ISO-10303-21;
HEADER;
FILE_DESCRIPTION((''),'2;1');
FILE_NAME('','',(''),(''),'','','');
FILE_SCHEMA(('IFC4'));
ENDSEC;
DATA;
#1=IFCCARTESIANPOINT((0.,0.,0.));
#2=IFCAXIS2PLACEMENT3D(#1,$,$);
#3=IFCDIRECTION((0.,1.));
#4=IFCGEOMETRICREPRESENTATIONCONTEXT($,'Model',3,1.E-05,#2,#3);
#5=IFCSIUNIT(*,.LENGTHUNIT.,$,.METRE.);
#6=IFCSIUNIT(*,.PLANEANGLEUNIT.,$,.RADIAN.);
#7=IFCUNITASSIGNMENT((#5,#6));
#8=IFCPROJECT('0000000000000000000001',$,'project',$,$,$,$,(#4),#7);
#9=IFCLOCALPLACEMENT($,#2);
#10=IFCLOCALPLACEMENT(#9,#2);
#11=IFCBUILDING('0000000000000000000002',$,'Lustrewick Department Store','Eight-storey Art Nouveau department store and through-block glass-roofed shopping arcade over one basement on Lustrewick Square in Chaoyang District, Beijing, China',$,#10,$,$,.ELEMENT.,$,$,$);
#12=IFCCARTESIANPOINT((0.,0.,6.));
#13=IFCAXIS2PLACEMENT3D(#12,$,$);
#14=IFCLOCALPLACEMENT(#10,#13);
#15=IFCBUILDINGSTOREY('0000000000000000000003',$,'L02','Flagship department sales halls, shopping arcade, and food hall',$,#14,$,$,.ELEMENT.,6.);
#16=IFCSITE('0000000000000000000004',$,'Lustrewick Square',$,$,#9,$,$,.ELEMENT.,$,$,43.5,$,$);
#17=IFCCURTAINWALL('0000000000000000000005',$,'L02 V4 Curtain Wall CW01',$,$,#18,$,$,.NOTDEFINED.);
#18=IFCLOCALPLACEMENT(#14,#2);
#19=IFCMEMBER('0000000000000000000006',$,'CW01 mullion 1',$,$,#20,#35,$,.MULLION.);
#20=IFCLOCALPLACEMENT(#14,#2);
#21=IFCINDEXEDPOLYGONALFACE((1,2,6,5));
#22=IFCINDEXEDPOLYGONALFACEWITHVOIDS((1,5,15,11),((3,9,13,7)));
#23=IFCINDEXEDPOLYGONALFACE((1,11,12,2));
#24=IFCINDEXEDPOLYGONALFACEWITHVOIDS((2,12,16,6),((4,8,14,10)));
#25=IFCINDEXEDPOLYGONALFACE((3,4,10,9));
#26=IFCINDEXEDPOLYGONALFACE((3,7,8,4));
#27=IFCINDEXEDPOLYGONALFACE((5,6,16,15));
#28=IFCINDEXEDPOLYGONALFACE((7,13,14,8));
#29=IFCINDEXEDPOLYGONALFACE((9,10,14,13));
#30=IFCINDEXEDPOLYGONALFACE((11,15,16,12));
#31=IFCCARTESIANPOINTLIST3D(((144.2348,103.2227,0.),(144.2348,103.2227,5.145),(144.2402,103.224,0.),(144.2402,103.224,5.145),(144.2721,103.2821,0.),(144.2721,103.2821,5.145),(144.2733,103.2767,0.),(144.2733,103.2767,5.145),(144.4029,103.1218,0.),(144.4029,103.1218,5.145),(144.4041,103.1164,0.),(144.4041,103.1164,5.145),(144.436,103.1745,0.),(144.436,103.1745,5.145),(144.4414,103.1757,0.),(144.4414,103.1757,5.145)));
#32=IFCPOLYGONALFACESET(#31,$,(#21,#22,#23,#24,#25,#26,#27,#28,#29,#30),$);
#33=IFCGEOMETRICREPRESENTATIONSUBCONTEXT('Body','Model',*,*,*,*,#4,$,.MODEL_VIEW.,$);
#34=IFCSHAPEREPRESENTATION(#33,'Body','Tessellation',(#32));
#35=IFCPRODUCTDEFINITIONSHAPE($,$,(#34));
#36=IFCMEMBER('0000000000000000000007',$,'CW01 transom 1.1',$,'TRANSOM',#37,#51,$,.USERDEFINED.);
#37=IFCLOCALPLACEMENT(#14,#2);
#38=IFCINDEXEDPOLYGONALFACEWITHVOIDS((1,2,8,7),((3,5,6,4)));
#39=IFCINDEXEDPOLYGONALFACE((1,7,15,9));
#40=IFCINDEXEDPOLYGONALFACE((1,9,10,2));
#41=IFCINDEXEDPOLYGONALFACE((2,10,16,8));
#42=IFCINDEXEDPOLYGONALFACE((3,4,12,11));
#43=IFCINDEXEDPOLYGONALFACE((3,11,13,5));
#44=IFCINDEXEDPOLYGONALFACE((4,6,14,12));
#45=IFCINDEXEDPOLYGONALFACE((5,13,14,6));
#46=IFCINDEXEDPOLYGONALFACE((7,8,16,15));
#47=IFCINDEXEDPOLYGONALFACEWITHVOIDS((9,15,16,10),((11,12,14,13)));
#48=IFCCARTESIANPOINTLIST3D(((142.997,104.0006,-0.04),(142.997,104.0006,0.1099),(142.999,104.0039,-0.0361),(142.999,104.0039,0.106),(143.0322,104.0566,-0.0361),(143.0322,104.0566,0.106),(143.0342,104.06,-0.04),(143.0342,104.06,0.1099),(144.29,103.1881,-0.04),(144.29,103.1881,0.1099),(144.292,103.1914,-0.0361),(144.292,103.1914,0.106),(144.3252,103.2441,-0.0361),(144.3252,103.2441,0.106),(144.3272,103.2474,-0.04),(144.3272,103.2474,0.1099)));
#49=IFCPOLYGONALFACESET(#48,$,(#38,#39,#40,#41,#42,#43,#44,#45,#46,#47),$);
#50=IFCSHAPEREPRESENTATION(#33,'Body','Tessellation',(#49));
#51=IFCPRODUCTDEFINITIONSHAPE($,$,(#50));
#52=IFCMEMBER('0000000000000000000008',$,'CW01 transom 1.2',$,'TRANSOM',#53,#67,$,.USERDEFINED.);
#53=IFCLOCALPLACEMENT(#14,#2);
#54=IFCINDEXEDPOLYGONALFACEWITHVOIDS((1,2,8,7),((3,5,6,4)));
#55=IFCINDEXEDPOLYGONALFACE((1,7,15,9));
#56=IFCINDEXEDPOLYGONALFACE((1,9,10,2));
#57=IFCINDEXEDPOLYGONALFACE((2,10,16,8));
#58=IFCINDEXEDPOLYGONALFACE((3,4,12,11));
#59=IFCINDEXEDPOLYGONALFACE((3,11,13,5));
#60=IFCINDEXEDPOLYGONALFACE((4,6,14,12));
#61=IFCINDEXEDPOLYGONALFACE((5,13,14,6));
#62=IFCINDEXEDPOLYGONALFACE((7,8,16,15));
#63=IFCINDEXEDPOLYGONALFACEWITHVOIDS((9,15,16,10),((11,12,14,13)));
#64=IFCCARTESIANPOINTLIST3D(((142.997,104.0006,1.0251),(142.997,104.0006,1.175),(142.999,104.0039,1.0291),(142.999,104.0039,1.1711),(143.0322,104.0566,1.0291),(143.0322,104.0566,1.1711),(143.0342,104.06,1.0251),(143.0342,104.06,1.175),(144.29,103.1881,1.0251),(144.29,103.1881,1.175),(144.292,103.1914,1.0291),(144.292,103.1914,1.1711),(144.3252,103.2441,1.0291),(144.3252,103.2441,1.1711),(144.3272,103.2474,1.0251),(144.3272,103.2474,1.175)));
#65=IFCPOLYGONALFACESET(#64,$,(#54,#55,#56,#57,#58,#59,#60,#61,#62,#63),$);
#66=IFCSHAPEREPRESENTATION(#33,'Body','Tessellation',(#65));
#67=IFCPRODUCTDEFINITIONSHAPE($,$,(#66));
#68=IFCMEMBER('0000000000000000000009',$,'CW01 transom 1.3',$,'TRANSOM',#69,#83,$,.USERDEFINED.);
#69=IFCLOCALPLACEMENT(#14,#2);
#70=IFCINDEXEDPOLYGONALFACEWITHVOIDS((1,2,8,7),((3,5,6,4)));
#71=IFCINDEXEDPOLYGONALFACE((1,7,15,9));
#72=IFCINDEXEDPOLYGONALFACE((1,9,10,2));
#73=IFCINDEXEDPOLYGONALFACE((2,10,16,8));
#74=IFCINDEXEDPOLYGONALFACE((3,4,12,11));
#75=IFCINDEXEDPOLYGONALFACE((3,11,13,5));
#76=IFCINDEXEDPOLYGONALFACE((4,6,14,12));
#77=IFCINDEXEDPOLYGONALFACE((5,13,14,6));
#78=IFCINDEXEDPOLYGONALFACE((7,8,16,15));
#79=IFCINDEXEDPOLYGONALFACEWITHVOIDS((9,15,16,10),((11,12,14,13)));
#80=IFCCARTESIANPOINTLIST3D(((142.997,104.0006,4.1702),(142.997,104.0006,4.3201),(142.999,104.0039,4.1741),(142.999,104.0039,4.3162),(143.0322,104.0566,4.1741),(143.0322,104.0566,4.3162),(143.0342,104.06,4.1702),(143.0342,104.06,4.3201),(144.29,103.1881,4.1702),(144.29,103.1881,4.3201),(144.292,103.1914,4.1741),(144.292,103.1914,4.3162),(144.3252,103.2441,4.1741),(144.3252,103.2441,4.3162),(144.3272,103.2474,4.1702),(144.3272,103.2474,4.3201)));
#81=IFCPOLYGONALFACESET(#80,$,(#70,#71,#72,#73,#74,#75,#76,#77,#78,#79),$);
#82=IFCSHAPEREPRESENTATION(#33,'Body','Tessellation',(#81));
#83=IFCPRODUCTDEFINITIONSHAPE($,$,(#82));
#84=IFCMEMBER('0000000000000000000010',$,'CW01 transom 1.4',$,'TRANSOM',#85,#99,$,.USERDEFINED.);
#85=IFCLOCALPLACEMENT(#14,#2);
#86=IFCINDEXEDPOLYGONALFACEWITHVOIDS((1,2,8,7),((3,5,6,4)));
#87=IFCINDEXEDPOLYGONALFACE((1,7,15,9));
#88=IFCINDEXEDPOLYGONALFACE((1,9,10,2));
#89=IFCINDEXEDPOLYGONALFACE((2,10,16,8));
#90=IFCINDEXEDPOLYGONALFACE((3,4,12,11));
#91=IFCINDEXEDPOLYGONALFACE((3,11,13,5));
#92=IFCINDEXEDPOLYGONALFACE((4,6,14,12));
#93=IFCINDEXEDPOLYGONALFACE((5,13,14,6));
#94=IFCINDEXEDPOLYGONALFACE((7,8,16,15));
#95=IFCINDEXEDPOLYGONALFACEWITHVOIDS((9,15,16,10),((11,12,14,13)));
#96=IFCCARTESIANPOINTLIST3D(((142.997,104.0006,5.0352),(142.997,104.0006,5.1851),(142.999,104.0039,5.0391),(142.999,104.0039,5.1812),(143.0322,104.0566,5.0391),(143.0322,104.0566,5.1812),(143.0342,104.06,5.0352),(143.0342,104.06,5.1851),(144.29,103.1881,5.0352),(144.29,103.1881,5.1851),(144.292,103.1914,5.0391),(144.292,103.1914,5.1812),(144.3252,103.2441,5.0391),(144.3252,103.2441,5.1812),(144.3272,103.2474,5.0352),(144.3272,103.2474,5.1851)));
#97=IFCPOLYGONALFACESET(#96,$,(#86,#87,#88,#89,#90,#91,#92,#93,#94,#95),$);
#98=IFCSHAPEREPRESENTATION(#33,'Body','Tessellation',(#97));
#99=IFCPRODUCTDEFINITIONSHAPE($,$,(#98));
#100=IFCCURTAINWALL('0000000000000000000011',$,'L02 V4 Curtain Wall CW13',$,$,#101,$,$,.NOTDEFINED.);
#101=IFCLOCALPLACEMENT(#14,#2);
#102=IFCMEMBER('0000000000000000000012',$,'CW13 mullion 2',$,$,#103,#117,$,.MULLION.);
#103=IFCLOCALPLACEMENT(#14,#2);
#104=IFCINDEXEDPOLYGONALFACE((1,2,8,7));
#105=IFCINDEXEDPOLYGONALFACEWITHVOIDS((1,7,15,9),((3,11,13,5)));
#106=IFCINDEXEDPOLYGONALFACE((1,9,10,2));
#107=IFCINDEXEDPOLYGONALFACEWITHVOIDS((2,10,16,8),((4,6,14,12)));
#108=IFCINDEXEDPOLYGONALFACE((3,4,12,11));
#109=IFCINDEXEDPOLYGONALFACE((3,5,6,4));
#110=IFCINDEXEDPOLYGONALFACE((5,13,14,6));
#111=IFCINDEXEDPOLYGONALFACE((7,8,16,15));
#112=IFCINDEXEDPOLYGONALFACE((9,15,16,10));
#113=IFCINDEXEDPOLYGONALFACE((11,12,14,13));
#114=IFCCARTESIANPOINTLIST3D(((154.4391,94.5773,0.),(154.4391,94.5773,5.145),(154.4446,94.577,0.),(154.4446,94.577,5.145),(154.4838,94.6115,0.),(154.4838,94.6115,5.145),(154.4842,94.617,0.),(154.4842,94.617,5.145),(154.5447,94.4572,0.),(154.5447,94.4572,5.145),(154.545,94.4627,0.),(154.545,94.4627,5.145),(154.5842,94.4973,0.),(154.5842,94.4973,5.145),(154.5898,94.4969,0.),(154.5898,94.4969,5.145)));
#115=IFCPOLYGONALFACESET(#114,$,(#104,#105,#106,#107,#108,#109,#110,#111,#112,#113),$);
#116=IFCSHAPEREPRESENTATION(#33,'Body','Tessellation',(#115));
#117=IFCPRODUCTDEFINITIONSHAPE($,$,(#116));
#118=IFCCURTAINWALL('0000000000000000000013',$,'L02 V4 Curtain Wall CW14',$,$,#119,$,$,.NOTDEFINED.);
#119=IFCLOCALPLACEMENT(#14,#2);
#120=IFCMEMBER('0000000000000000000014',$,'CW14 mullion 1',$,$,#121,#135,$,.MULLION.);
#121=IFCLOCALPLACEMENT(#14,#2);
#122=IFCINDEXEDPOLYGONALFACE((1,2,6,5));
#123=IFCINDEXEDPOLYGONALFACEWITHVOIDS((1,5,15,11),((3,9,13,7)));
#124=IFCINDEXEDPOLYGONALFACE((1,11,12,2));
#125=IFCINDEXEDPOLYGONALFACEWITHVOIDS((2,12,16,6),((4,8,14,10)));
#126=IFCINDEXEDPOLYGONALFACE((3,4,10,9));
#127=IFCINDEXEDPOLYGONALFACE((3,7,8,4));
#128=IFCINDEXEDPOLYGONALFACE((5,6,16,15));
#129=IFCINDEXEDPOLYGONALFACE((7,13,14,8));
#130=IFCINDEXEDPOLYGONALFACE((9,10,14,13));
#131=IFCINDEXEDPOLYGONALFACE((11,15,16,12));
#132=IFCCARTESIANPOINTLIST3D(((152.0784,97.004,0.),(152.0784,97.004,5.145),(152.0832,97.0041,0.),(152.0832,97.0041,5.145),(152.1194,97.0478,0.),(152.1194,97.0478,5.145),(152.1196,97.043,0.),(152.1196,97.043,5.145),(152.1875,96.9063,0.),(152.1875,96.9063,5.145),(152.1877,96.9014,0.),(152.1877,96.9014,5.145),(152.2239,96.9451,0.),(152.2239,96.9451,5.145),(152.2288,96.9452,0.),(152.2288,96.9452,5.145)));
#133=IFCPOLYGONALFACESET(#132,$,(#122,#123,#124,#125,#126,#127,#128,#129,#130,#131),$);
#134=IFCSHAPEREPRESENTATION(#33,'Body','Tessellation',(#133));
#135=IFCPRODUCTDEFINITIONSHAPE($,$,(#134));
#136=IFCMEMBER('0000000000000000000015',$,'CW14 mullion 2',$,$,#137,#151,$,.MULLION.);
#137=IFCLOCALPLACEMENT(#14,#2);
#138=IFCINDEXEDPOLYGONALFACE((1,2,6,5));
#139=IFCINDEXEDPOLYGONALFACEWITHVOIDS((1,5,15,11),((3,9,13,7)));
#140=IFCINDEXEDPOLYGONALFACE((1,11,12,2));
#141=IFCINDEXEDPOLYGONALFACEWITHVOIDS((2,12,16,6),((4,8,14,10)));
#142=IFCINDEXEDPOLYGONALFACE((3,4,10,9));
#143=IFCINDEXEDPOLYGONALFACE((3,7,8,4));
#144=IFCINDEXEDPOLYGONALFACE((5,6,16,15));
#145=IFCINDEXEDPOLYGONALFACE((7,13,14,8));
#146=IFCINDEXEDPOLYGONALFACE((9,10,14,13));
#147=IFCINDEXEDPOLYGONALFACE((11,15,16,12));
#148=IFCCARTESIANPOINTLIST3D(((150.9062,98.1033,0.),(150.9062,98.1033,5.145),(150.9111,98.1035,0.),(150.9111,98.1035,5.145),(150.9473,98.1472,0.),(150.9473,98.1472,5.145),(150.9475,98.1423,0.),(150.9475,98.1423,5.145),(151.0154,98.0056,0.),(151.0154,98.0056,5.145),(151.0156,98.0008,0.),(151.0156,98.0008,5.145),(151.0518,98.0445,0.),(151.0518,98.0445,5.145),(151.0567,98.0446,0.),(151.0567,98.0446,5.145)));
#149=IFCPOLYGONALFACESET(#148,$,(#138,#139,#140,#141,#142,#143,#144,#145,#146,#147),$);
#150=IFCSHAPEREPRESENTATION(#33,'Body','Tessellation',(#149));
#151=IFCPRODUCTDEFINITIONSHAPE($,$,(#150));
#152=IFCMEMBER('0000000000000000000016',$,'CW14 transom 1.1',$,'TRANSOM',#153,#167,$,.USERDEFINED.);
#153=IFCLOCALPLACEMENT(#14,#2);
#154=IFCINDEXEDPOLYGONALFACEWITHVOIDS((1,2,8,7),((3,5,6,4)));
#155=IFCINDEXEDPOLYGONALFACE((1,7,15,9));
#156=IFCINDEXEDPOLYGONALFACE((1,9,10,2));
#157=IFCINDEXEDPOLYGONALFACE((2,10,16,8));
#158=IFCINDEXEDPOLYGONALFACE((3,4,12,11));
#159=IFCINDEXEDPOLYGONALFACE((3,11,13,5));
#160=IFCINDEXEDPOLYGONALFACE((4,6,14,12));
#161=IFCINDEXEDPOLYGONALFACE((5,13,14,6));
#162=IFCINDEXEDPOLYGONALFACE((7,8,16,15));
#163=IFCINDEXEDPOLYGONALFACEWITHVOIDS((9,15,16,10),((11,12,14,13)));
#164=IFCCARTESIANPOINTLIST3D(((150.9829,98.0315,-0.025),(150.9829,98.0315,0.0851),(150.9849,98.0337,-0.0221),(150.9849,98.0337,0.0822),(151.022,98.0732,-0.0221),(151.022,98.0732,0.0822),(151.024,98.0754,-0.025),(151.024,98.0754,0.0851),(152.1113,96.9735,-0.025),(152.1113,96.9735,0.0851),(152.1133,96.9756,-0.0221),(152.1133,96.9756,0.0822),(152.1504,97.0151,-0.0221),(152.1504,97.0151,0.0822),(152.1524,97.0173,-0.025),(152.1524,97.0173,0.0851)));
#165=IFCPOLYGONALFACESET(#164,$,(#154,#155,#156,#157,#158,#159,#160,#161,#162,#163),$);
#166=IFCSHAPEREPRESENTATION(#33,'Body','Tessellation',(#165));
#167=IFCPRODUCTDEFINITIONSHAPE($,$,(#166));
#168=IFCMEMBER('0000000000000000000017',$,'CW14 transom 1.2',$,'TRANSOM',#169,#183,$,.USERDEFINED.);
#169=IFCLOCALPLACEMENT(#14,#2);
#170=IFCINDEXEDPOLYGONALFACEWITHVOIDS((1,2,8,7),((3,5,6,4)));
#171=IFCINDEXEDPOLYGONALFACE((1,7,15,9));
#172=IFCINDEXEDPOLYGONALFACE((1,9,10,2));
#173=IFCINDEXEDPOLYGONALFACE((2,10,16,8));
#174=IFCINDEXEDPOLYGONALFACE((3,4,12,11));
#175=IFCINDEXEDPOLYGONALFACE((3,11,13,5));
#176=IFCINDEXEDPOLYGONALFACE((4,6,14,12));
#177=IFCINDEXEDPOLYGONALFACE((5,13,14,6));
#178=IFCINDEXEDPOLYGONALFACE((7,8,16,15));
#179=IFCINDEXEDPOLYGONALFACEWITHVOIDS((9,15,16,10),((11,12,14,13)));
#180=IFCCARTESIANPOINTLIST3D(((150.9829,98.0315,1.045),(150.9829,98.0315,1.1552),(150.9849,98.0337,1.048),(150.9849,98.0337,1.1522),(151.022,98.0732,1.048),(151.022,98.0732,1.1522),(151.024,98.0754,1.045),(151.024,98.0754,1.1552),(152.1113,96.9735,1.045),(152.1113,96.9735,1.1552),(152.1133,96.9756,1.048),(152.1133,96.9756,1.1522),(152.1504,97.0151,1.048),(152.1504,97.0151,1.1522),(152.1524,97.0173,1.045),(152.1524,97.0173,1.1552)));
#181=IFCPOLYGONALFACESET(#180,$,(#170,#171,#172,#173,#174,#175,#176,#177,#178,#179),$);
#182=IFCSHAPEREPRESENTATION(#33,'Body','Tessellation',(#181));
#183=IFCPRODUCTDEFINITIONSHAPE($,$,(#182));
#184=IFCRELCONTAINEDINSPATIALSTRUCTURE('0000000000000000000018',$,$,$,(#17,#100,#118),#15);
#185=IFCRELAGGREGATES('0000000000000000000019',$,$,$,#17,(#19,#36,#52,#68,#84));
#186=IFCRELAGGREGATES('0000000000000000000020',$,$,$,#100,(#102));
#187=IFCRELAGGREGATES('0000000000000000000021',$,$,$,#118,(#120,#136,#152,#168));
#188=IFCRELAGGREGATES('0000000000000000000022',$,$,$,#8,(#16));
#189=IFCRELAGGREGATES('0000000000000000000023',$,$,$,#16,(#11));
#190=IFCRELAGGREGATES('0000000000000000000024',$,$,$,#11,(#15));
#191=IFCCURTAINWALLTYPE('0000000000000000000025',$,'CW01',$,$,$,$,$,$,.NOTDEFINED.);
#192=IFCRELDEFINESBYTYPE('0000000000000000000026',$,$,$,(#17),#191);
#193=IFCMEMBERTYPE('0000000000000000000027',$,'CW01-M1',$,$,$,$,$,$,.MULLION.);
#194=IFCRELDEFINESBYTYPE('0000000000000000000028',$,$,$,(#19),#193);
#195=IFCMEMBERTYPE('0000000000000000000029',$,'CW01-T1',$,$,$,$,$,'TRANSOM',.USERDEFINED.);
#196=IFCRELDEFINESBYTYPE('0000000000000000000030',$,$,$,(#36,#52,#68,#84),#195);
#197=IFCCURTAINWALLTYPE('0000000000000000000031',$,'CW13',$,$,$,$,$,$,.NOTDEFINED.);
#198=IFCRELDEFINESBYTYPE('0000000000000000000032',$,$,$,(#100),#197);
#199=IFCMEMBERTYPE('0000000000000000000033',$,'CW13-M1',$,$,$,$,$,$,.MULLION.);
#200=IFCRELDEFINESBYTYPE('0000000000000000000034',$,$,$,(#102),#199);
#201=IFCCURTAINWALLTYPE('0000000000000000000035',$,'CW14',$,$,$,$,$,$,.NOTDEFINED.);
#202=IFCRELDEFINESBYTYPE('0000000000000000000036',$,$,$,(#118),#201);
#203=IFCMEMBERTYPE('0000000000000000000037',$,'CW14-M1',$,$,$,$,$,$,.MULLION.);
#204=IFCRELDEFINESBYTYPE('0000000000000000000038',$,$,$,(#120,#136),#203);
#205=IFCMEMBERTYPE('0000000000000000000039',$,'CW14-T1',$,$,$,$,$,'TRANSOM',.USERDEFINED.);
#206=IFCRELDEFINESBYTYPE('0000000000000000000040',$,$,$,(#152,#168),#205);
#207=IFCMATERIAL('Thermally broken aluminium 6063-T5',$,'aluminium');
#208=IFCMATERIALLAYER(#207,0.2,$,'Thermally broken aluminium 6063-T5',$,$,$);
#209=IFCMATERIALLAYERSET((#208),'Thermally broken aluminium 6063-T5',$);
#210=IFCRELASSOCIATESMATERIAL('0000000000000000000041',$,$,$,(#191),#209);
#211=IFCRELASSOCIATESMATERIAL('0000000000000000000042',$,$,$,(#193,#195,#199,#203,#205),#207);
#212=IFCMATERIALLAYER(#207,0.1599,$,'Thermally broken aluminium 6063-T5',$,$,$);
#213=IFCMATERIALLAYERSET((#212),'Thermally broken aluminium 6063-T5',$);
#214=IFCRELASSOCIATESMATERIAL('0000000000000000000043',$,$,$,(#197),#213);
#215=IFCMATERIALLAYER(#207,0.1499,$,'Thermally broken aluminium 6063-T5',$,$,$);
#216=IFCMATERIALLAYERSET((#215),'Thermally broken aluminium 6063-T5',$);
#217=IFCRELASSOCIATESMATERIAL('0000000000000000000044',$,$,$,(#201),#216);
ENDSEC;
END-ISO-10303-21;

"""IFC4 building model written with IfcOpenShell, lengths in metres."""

from ifc_helpers import new_model, si_unit, direction, frame, origin, origin_2d, place, context, subcontext, project, spatial, hollow_rectangle, extrude, material, layer, layer_set, material_profile, profile_set, type_object, element, aggregate, save


model = new_model("IFC4")

# Units and contexts
model_context = context("Model", 3, precision=1e-05, world=origin(), true_north=direction((0.0, 1.0)))
body_context = subcontext(model_context, "Body", "Model", "MODEL_VIEW")
ifc_project = project(units=[si_unit("LENGTHUNIT", "METRE"), si_unit("PLANEANGLEUNIT", "RADIAN")], contexts=[model_context])

# Site, building, storey
site_placement = place(None, origin())
site = spatial("IfcSite", under=ifc_project, at=site_placement, Name="Lustrewick Square", CompositionType="ELEMENT", RefElevation=43.5)
building_placement = place(site_placement, origin())
building = spatial("IfcBuilding", under=site, at=building_placement, Name="Lustrewick Department Store", Description="Eight-storey Art Nouveau department store and through-block glass-roofed shopping arcade over one basement on Lustrewick Square in Chaoyang District, Beijing, China", CompositionType="ELEMENT")
storey_placement = place(building_placement, frame((0.0, 0.0, 6.0)))
storey = spatial("IfcBuildingStorey", under=building, at=storey_placement, Name="L02", Description="Flagship department sales halls, shopping arcade, and food hall", CompositionType="ELEMENT", Elevation=6.0)

# Curtain wall, members
ifc_material_1 = material(Name="Thermally broken aluminium 6063-T5", Category="aluminium")
ifc_layer_1 = layer(ifc_material_1, 0.2, Name="Thermally broken aluminium 6063-T5")
ifc_layer_set_1 = layer_set([ifc_layer_1], Name="Thermally broken aluminium 6063-T5")
curtain_wall_type_1 = type_object("IfcCurtainWallType", Name="CW01", PredefinedType="NOTDEFINED", material=ifc_layer_set_1)
curtain_wall_1_placement = place(storey_placement, origin())
curtain_wall_1 = element("IfcCurtainWall", 1, at=curtain_wall_1_placement, inside=storey, type_object=curtain_wall_type_1, Name="L02 V4 Curtain Wall CW01", PredefinedType="NOTDEFINED")
ifc_material_profile_1 = material_profile(ifc_material_1, hollow_rectangle(XDim=0.0701, YDim=0.2, WallThickness=0.0039, at=origin_2d()), Name="ALU-M 70x200x4")
ifc_profile_set_1 = profile_set([ifc_material_profile_1], Name="Thermally broken aluminium 6063-T5")
member_type_1 = type_object("IfcMemberType", Name="CW01-M1", PredefinedType="MULLION", material=ifc_profile_set_1)
member_1_placement = place(storey_placement, frame((144.3381, 103.1992, 0.0), z_axis=(0.0, 0.0, 1.0), x_axis=(-0.532014, -0.846735, 0.0)))
member_1 = element("IfcMember", 2, at=member_1_placement, type_object=member_type_1, Name="CW01 mullion 1", PredefinedType="MULLION", context=body_context, shape_type="SweptSolid", body=[
    extrude(hollow_rectangle(XDim=0.0701, YDim=0.2, WallThickness=0.0039, at=origin_2d()), origin(), (0.0, 0.0, 1.0), 5.145),
])
ifc_material_profile_2 = material_profile(ifc_material_1, hollow_rectangle(XDim=0.0701, YDim=0.1499, WallThickness=0.0039, at=origin_2d()), Name="ALU-T 70x150x4")
ifc_profile_set_2 = profile_set([ifc_material_profile_2], Name="Thermally broken aluminium 6063-T5")
member_type_2 = type_object("IfcMemberType", Name="CW01-T1", ElementType="TRANSOM", PredefinedType="USERDEFINED", material=ifc_profile_set_2)
member_2_placement = place(storey_placement, frame((144.3086, 103.2178, 0.0349), z_axis=(-0.846702, 0.532067, 0.0), x_axis=(-0.532067, -0.846702, 0.0)))
member_2 = element("IfcMember", 3, at=member_2_placement, type_object=member_type_2, Name="CW01 transom 1.1", ObjectType="TRANSOM", PredefinedType="USERDEFINED", context=body_context, shape_type="SweptSolid", body=[
    extrude(hollow_rectangle(XDim=0.0701, YDim=0.1499, WallThickness=0.0039, at=origin_2d()), origin(), (0.0, 0.0, 1.0), 1.5271),
])
member_3_placement = place(storey_placement, frame((144.3086, 103.2178, 1.1001), z_axis=(-0.846702, 0.532067, 0.0), x_axis=(-0.532067, -0.846702, 0.0)))
member_3 = element("IfcMember", 4, at=member_3_placement, type_object=member_type_2, Name="CW01 transom 1.2", ObjectType="TRANSOM", PredefinedType="USERDEFINED", context=body_context, shape_type="SweptSolid", body=[
    extrude(hollow_rectangle(XDim=0.0701, YDim=0.1499, WallThickness=0.0039, at=origin_2d()), origin(), (0.0, 0.0, 1.0), 1.5271),
])
member_4_placement = place(storey_placement, frame((144.3086, 103.2178, 4.2451), z_axis=(-0.846702, 0.532067, 0.0), x_axis=(-0.532067, -0.846702, 0.0)))
member_4 = element("IfcMember", 5, at=member_4_placement, type_object=member_type_2, Name="CW01 transom 1.3", ObjectType="TRANSOM", PredefinedType="USERDEFINED", context=body_context, shape_type="SweptSolid", body=[
    extrude(hollow_rectangle(XDim=0.0701, YDim=0.1499, WallThickness=0.0039, at=origin_2d()), origin(), (0.0, 0.0, 1.0), 1.5271),
])
member_5_placement = place(storey_placement, frame((144.3086, 103.2178, 5.1101), z_axis=(-0.846702, 0.532067, 0.0), x_axis=(-0.532067, -0.846702, 0.0)))
member_5 = element("IfcMember", 6, at=member_5_placement, type_object=member_type_2, Name="CW01 transom 1.4", ObjectType="TRANSOM", PredefinedType="USERDEFINED", context=body_context, shape_type="SweptSolid", body=[
    extrude(hollow_rectangle(XDim=0.0701, YDim=0.1499, WallThickness=0.0039, at=origin_2d()), origin(), (0.0, 0.0, 1.0), 1.5271),
])

# Curtain wall, member
ifc_layer_2 = layer(ifc_material_1, 0.1599, Name="Thermally broken aluminium 6063-T5")
ifc_layer_set_2 = layer_set([ifc_layer_2], Name="Thermally broken aluminium 6063-T5")
curtain_wall_type_2 = type_object("IfcCurtainWallType", Name="CW13", PredefinedType="NOTDEFINED", material=ifc_layer_set_2)
curtain_wall_2_placement = place(storey_placement, origin())
curtain_wall_2 = element("IfcCurtainWall", 7, at=curtain_wall_2_placement, inside=storey, type_object=curtain_wall_type_2, Name="L02 V4 Curtain Wall CW13", PredefinedType="NOTDEFINED")
ifc_material_profile_3 = material_profile(ifc_material_1, hollow_rectangle(XDim=0.0601, YDim=0.1599, WallThickness=0.0039, at=origin_2d()), Name="ALU-M 60x160x4")
ifc_profile_set_3 = profile_set([ifc_material_profile_3], Name="Thermally broken aluminium 6063-T5")
member_type_3 = type_object("IfcMemberType", Name="CW13-M1", PredefinedType="MULLION", material=ifc_profile_set_3)
member_6_placement = place(storey_placement, frame((154.5144, 94.5371, 0.0), z_axis=(0.0, 0.0, 1.0), x_axis=(-0.75095, -0.660359, 0.0)))
member_6 = element("IfcMember", 8, at=member_6_placement, type_object=member_type_3, Name="CW13 mullion 2", PredefinedType="MULLION", context=body_context, shape_type="SweptSolid", body=[
    extrude(hollow_rectangle(XDim=0.0601, YDim=0.1599, WallThickness=0.0039, at=origin_2d()), origin(), (0.0, 0.0, 1.0), 5.145),
])

# Curtain wall, members
ifc_layer_3 = layer(ifc_material_1, 0.1499, Name="Thermally broken aluminium 6063-T5")
ifc_layer_set_3 = layer_set([ifc_layer_3], Name="Thermally broken aluminium 6063-T5")
curtain_wall_type_3 = type_object("IfcCurtainWallType", Name="CW14", PredefinedType="NOTDEFINED", material=ifc_layer_set_3)
curtain_wall_3_placement = place(storey_placement, origin())
curtain_wall_3 = element("IfcCurtainWall", 9, at=curtain_wall_3_placement, inside=storey, type_object=curtain_wall_type_3, Name="L02 V4 Curtain Wall CW14", PredefinedType="NOTDEFINED")
ifc_material_profile_4 = material_profile(ifc_material_1, hollow_rectangle(XDim=0.0601, YDim=0.1499, WallThickness=0.0034, at=origin_2d()), Name="ALU-M 60x150x3.5")
ifc_profile_set_4 = profile_set([ifc_material_profile_4], Name="Thermally broken aluminium 6063-T5")
member_type_4 = type_object("IfcMemberType", Name="CW14-M1", PredefinedType="MULLION", material=ifc_profile_set_4)
member_7_placement = place(storey_placement, frame((152.1536, 96.9746, 0.0), z_axis=(0.0, 0.0, 1.0), x_axis=(-0.684067, -0.729419, 0.0)))
member_7 = element("IfcMember", 10, at=member_7_placement, type_object=member_type_4, Name="CW14 mullion 1", PredefinedType="MULLION", context=body_context, shape_type="SweptSolid", body=[
    extrude(hollow_rectangle(XDim=0.0601, YDim=0.1499, WallThickness=0.0034, at=origin_2d()), origin(), (0.0, 0.0, 1.0), 5.145),
])
member_8_placement = place(storey_placement, frame((150.9814, 98.074, 0.0), z_axis=(0.0, 0.0, 1.0), x_axis=(-0.684067, -0.729419, 0.0)))
member_8 = element("IfcMember", 11, at=member_8_placement, type_object=member_type_4, Name="CW14 mullion 2", PredefinedType="MULLION", context=body_context, shape_type="SweptSolid", body=[
    extrude(hollow_rectangle(XDim=0.0601, YDim=0.1499, WallThickness=0.0034, at=origin_2d()), origin(), (0.0, 0.0, 1.0), 5.145),
])
ifc_material_profile_5 = material_profile(ifc_material_1, hollow_rectangle(XDim=0.0601, YDim=0.1101, WallThickness=0.0029, at=origin_2d()), Name="ALU-T 60x110x3")
ifc_profile_set_5 = profile_set([ifc_material_profile_5], Name="Thermally broken aluminium 6063-T5")
member_type_5 = type_object("IfcMemberType", Name="CW14-T1", ElementType="TRANSOM", PredefinedType="USERDEFINED", material=ifc_profile_set_5)
member_9_placement = place(storey_placement, frame((152.1318, 96.9954, 0.03), z_axis=(-0.729468, 0.684015, 0.0), x_axis=(-0.684015, -0.729468, 0.0)))
member_9 = element("IfcMember", 12, at=member_9_placement, type_object=member_type_5, Name="CW14 transom 1.1", ObjectType="TRANSOM", PredefinedType="USERDEFINED", context=body_context, shape_type="SweptSolid", body=[
    extrude(hollow_rectangle(XDim=0.0601, YDim=0.1101, WallThickness=0.0029, at=origin_2d()), origin(), (0.0, 0.0, 1.0), 1.5469),
])
member_10_placement = place(storey_placement, frame((152.1318, 96.9954, 1.1001), z_axis=(-0.729468, 0.684015, 0.0), x_axis=(-0.684015, -0.729468, 0.0)))
member_10 = element("IfcMember", 13, at=member_10_placement, type_object=member_type_5, Name="CW14 transom 1.2", ObjectType="TRANSOM", PredefinedType="USERDEFINED", context=body_context, shape_type="SweptSolid", body=[
    extrude(hollow_rectangle(XDim=0.0601, YDim=0.1101, WallThickness=0.0029, at=origin_2d()), origin(), (0.0, 0.0, 1.0), 1.5469),
])

aggregate(curtain_wall_1, [member_1, member_2, member_3, member_4, member_5])
aggregate(curtain_wall_2, [member_6])
aggregate(curtain_wall_3, [member_7, member_8, member_9, member_10])

save(model, "model.ifc")
